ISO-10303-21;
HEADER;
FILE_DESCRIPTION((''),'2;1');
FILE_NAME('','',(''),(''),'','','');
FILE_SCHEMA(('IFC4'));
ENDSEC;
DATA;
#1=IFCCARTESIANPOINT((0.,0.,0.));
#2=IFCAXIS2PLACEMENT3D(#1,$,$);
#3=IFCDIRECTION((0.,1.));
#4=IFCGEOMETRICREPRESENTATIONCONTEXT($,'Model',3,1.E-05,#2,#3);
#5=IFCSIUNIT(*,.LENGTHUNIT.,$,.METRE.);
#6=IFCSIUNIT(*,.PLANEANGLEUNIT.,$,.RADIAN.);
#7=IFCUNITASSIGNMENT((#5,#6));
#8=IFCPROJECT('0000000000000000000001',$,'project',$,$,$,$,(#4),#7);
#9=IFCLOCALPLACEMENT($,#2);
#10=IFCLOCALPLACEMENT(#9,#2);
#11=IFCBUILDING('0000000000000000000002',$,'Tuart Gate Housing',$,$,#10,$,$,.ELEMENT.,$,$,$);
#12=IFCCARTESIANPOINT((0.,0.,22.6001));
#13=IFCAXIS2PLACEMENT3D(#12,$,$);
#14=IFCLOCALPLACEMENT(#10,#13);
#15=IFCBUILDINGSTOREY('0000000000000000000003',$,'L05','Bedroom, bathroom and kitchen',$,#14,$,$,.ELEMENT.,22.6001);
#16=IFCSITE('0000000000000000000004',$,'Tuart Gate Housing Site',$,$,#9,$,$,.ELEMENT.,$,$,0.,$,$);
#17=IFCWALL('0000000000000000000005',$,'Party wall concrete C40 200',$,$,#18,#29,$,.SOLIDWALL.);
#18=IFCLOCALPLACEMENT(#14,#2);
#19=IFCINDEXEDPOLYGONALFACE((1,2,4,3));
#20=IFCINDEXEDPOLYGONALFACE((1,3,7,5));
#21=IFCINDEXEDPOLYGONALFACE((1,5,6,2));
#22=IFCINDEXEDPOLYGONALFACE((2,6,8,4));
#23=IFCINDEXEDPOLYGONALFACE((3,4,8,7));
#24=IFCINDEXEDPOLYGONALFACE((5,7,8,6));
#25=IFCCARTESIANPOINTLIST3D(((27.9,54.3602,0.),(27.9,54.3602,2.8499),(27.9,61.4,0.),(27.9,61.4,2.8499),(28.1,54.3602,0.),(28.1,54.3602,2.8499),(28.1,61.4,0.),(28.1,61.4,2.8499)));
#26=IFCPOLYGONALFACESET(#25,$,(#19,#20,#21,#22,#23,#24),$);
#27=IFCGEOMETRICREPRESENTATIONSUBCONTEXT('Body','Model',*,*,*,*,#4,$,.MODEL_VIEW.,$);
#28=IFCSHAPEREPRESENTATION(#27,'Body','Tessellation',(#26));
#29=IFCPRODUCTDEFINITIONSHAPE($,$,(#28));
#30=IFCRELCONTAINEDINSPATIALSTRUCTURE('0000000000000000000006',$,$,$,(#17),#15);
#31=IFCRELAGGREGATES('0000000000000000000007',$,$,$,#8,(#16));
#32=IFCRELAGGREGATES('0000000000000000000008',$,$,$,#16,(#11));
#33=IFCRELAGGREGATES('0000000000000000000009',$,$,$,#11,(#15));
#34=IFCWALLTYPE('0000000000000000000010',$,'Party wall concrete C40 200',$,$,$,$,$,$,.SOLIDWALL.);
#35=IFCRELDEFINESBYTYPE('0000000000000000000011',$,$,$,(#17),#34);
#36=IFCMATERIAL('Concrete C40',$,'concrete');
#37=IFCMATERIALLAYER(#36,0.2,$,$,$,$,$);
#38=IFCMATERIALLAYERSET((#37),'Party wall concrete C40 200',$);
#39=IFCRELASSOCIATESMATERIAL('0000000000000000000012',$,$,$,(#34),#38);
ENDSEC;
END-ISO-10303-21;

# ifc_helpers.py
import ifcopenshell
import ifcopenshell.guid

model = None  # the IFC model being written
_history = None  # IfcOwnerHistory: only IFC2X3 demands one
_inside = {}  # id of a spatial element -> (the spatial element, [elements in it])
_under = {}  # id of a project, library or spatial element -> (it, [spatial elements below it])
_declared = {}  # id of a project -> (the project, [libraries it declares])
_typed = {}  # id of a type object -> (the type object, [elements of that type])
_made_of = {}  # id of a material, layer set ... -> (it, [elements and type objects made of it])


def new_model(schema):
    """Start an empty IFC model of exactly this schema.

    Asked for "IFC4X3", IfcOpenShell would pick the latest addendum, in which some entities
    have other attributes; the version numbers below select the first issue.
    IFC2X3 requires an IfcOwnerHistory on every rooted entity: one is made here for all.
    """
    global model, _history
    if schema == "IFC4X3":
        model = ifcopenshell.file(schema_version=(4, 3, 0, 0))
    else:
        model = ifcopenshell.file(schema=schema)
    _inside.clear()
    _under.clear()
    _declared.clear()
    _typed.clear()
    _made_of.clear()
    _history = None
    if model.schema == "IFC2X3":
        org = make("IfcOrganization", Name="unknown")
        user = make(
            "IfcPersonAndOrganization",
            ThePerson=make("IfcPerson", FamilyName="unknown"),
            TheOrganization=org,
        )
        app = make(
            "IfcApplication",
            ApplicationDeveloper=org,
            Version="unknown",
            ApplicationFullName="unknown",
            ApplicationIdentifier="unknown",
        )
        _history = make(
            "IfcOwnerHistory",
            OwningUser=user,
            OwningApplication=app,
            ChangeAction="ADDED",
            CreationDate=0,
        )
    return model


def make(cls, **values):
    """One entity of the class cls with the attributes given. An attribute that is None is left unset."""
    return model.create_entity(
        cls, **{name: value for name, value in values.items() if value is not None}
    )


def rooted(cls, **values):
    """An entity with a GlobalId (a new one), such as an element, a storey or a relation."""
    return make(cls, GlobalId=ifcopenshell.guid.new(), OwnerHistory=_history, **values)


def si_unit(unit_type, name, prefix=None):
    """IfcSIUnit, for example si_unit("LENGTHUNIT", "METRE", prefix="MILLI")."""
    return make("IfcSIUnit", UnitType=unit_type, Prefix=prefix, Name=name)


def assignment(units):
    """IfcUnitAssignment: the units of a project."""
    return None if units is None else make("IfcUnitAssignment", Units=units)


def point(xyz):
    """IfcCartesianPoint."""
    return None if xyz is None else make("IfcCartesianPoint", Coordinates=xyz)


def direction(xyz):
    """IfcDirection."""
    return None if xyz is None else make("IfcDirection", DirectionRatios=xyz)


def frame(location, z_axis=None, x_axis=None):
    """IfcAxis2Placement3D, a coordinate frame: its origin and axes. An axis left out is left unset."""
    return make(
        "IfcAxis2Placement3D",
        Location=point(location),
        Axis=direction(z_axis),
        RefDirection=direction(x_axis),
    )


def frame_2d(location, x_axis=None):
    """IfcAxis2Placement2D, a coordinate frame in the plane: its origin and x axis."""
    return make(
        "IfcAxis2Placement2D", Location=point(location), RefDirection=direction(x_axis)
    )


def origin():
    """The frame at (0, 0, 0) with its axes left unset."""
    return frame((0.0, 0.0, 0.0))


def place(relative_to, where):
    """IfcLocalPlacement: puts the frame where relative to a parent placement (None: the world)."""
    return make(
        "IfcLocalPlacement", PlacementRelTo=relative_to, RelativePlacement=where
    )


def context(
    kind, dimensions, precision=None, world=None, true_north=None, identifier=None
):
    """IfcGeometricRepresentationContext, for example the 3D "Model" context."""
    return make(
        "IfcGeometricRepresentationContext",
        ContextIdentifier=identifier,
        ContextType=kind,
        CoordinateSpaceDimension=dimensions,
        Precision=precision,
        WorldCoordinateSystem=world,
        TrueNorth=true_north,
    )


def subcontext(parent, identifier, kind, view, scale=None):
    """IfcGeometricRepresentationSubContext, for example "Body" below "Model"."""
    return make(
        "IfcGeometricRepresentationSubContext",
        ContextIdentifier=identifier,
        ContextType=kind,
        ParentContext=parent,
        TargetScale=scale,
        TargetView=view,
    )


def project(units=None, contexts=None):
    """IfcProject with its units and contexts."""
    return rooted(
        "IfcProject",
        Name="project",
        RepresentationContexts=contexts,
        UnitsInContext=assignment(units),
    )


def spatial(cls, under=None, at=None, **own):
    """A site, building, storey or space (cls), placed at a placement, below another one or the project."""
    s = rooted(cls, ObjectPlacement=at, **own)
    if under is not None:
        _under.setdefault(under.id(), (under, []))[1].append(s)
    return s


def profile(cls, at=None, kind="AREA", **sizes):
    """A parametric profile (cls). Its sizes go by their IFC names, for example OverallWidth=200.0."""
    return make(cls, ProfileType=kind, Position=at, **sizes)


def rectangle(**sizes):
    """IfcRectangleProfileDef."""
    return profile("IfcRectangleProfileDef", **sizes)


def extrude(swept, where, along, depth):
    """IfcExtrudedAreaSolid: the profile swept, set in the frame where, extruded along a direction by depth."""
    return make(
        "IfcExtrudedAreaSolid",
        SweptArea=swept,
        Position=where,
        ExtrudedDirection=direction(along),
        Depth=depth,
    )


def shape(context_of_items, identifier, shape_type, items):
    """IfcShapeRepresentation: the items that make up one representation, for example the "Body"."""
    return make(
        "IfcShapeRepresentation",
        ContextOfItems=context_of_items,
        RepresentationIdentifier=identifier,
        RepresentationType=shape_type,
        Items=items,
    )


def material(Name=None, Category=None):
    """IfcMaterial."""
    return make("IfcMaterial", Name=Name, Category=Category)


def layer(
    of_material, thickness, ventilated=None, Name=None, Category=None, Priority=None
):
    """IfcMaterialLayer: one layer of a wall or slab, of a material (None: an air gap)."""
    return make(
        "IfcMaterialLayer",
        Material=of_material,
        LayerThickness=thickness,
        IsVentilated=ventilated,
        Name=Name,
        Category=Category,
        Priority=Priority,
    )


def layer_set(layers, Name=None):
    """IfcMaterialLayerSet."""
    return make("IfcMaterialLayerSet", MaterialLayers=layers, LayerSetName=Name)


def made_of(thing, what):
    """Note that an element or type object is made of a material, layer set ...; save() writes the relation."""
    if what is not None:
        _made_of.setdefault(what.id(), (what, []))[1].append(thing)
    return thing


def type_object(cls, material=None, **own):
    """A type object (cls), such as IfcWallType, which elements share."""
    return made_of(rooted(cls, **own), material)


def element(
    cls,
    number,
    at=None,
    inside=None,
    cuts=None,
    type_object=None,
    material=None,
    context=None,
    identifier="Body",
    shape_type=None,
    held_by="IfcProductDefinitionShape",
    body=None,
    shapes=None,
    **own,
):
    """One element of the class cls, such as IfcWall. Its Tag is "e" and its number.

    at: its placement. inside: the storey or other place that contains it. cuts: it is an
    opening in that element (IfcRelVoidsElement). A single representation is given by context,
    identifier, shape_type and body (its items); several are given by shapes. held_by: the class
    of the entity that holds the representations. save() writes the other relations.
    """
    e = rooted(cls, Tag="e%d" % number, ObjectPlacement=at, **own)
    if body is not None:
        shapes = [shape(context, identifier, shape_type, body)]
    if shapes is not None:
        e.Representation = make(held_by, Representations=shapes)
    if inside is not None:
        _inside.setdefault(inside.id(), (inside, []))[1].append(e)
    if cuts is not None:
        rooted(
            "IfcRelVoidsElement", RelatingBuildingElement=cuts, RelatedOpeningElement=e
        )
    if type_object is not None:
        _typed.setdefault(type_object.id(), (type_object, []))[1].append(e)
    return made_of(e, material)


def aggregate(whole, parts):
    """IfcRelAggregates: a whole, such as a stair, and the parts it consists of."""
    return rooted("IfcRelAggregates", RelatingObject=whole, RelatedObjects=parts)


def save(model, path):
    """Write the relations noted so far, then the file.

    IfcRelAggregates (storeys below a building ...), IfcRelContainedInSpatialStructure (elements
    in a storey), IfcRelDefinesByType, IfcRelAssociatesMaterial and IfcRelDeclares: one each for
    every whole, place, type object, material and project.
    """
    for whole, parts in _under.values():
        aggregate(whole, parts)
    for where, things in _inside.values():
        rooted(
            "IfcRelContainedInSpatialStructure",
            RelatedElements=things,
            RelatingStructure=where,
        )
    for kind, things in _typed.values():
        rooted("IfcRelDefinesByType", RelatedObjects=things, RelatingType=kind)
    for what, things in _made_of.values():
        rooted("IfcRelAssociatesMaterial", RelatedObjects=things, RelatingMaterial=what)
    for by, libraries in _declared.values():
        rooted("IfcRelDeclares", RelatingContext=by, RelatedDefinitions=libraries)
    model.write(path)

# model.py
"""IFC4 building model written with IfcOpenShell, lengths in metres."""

from ifc_helpers import new_model, si_unit, direction, frame, frame_2d, origin, place, context, subcontext, project, spatial, rectangle, extrude, material, layer, layer_set, type_object, element, save


model = new_model("IFC4")

# Units and contexts
model_context = context("Model", 3, precision=1e-05, world=origin(), true_north=direction((0.0, 1.0)))
body_context = subcontext(model_context, "Body", "Model", "MODEL_VIEW")
ifc_project = project(units=[si_unit("LENGTHUNIT", "METRE"), si_unit("PLANEANGLEUNIT", "RADIAN")], contexts=[model_context])

# Site, building, storey
site_placement = place(None, origin())
site = spatial("IfcSite", under=ifc_project, at=site_placement, Name="Tuart Gate Housing Site", CompositionType="ELEMENT", RefElevation=0.0)
building_placement = place(site_placement, origin())
building = spatial("IfcBuilding", under=site, at=building_placement, Name="Tuart Gate Housing", CompositionType="ELEMENT")
storey_placement = place(building_placement, frame((0.0, 0.0, 22.6001)))
storey = spatial("IfcBuildingStorey", under=building, at=storey_placement, Name="L05", Description="Bedroom, bathroom and kitchen", CompositionType="ELEMENT", Elevation=22.6001)

# Wall
ifc_material_1 = material(Name="Concrete C40", Category="concrete")
ifc_layer_1 = layer(ifc_material_1, 0.2)
ifc_layer_set_1 = layer_set([ifc_layer_1], Name="Party wall concrete C40 200")
wall_type_1 = type_object("IfcWallType", Name="Party wall concrete C40 200", PredefinedType="SOLIDWALL", material=ifc_layer_set_1)
wall_1_placement = place(storey_placement, frame((28.0, 54.3601, 0.0), z_axis=(0.0, 0.0, 1.0), x_axis=(0.0, 1.0, 0.0)))
element("IfcWall", 1, at=wall_1_placement, inside=storey, type_object=wall_type_1, Name="Party wall concrete C40 200", PredefinedType="SOLIDWALL", context=body_context, shape_type="SweptSolid", body=[
    extrude(rectangle(XDim=7.0398, YDim=0.2, at=frame_2d((3.52, 0.0))), origin(), (0.0, 0.0, 1.0), 2.8499),
])

save(model, "model.ifc")
